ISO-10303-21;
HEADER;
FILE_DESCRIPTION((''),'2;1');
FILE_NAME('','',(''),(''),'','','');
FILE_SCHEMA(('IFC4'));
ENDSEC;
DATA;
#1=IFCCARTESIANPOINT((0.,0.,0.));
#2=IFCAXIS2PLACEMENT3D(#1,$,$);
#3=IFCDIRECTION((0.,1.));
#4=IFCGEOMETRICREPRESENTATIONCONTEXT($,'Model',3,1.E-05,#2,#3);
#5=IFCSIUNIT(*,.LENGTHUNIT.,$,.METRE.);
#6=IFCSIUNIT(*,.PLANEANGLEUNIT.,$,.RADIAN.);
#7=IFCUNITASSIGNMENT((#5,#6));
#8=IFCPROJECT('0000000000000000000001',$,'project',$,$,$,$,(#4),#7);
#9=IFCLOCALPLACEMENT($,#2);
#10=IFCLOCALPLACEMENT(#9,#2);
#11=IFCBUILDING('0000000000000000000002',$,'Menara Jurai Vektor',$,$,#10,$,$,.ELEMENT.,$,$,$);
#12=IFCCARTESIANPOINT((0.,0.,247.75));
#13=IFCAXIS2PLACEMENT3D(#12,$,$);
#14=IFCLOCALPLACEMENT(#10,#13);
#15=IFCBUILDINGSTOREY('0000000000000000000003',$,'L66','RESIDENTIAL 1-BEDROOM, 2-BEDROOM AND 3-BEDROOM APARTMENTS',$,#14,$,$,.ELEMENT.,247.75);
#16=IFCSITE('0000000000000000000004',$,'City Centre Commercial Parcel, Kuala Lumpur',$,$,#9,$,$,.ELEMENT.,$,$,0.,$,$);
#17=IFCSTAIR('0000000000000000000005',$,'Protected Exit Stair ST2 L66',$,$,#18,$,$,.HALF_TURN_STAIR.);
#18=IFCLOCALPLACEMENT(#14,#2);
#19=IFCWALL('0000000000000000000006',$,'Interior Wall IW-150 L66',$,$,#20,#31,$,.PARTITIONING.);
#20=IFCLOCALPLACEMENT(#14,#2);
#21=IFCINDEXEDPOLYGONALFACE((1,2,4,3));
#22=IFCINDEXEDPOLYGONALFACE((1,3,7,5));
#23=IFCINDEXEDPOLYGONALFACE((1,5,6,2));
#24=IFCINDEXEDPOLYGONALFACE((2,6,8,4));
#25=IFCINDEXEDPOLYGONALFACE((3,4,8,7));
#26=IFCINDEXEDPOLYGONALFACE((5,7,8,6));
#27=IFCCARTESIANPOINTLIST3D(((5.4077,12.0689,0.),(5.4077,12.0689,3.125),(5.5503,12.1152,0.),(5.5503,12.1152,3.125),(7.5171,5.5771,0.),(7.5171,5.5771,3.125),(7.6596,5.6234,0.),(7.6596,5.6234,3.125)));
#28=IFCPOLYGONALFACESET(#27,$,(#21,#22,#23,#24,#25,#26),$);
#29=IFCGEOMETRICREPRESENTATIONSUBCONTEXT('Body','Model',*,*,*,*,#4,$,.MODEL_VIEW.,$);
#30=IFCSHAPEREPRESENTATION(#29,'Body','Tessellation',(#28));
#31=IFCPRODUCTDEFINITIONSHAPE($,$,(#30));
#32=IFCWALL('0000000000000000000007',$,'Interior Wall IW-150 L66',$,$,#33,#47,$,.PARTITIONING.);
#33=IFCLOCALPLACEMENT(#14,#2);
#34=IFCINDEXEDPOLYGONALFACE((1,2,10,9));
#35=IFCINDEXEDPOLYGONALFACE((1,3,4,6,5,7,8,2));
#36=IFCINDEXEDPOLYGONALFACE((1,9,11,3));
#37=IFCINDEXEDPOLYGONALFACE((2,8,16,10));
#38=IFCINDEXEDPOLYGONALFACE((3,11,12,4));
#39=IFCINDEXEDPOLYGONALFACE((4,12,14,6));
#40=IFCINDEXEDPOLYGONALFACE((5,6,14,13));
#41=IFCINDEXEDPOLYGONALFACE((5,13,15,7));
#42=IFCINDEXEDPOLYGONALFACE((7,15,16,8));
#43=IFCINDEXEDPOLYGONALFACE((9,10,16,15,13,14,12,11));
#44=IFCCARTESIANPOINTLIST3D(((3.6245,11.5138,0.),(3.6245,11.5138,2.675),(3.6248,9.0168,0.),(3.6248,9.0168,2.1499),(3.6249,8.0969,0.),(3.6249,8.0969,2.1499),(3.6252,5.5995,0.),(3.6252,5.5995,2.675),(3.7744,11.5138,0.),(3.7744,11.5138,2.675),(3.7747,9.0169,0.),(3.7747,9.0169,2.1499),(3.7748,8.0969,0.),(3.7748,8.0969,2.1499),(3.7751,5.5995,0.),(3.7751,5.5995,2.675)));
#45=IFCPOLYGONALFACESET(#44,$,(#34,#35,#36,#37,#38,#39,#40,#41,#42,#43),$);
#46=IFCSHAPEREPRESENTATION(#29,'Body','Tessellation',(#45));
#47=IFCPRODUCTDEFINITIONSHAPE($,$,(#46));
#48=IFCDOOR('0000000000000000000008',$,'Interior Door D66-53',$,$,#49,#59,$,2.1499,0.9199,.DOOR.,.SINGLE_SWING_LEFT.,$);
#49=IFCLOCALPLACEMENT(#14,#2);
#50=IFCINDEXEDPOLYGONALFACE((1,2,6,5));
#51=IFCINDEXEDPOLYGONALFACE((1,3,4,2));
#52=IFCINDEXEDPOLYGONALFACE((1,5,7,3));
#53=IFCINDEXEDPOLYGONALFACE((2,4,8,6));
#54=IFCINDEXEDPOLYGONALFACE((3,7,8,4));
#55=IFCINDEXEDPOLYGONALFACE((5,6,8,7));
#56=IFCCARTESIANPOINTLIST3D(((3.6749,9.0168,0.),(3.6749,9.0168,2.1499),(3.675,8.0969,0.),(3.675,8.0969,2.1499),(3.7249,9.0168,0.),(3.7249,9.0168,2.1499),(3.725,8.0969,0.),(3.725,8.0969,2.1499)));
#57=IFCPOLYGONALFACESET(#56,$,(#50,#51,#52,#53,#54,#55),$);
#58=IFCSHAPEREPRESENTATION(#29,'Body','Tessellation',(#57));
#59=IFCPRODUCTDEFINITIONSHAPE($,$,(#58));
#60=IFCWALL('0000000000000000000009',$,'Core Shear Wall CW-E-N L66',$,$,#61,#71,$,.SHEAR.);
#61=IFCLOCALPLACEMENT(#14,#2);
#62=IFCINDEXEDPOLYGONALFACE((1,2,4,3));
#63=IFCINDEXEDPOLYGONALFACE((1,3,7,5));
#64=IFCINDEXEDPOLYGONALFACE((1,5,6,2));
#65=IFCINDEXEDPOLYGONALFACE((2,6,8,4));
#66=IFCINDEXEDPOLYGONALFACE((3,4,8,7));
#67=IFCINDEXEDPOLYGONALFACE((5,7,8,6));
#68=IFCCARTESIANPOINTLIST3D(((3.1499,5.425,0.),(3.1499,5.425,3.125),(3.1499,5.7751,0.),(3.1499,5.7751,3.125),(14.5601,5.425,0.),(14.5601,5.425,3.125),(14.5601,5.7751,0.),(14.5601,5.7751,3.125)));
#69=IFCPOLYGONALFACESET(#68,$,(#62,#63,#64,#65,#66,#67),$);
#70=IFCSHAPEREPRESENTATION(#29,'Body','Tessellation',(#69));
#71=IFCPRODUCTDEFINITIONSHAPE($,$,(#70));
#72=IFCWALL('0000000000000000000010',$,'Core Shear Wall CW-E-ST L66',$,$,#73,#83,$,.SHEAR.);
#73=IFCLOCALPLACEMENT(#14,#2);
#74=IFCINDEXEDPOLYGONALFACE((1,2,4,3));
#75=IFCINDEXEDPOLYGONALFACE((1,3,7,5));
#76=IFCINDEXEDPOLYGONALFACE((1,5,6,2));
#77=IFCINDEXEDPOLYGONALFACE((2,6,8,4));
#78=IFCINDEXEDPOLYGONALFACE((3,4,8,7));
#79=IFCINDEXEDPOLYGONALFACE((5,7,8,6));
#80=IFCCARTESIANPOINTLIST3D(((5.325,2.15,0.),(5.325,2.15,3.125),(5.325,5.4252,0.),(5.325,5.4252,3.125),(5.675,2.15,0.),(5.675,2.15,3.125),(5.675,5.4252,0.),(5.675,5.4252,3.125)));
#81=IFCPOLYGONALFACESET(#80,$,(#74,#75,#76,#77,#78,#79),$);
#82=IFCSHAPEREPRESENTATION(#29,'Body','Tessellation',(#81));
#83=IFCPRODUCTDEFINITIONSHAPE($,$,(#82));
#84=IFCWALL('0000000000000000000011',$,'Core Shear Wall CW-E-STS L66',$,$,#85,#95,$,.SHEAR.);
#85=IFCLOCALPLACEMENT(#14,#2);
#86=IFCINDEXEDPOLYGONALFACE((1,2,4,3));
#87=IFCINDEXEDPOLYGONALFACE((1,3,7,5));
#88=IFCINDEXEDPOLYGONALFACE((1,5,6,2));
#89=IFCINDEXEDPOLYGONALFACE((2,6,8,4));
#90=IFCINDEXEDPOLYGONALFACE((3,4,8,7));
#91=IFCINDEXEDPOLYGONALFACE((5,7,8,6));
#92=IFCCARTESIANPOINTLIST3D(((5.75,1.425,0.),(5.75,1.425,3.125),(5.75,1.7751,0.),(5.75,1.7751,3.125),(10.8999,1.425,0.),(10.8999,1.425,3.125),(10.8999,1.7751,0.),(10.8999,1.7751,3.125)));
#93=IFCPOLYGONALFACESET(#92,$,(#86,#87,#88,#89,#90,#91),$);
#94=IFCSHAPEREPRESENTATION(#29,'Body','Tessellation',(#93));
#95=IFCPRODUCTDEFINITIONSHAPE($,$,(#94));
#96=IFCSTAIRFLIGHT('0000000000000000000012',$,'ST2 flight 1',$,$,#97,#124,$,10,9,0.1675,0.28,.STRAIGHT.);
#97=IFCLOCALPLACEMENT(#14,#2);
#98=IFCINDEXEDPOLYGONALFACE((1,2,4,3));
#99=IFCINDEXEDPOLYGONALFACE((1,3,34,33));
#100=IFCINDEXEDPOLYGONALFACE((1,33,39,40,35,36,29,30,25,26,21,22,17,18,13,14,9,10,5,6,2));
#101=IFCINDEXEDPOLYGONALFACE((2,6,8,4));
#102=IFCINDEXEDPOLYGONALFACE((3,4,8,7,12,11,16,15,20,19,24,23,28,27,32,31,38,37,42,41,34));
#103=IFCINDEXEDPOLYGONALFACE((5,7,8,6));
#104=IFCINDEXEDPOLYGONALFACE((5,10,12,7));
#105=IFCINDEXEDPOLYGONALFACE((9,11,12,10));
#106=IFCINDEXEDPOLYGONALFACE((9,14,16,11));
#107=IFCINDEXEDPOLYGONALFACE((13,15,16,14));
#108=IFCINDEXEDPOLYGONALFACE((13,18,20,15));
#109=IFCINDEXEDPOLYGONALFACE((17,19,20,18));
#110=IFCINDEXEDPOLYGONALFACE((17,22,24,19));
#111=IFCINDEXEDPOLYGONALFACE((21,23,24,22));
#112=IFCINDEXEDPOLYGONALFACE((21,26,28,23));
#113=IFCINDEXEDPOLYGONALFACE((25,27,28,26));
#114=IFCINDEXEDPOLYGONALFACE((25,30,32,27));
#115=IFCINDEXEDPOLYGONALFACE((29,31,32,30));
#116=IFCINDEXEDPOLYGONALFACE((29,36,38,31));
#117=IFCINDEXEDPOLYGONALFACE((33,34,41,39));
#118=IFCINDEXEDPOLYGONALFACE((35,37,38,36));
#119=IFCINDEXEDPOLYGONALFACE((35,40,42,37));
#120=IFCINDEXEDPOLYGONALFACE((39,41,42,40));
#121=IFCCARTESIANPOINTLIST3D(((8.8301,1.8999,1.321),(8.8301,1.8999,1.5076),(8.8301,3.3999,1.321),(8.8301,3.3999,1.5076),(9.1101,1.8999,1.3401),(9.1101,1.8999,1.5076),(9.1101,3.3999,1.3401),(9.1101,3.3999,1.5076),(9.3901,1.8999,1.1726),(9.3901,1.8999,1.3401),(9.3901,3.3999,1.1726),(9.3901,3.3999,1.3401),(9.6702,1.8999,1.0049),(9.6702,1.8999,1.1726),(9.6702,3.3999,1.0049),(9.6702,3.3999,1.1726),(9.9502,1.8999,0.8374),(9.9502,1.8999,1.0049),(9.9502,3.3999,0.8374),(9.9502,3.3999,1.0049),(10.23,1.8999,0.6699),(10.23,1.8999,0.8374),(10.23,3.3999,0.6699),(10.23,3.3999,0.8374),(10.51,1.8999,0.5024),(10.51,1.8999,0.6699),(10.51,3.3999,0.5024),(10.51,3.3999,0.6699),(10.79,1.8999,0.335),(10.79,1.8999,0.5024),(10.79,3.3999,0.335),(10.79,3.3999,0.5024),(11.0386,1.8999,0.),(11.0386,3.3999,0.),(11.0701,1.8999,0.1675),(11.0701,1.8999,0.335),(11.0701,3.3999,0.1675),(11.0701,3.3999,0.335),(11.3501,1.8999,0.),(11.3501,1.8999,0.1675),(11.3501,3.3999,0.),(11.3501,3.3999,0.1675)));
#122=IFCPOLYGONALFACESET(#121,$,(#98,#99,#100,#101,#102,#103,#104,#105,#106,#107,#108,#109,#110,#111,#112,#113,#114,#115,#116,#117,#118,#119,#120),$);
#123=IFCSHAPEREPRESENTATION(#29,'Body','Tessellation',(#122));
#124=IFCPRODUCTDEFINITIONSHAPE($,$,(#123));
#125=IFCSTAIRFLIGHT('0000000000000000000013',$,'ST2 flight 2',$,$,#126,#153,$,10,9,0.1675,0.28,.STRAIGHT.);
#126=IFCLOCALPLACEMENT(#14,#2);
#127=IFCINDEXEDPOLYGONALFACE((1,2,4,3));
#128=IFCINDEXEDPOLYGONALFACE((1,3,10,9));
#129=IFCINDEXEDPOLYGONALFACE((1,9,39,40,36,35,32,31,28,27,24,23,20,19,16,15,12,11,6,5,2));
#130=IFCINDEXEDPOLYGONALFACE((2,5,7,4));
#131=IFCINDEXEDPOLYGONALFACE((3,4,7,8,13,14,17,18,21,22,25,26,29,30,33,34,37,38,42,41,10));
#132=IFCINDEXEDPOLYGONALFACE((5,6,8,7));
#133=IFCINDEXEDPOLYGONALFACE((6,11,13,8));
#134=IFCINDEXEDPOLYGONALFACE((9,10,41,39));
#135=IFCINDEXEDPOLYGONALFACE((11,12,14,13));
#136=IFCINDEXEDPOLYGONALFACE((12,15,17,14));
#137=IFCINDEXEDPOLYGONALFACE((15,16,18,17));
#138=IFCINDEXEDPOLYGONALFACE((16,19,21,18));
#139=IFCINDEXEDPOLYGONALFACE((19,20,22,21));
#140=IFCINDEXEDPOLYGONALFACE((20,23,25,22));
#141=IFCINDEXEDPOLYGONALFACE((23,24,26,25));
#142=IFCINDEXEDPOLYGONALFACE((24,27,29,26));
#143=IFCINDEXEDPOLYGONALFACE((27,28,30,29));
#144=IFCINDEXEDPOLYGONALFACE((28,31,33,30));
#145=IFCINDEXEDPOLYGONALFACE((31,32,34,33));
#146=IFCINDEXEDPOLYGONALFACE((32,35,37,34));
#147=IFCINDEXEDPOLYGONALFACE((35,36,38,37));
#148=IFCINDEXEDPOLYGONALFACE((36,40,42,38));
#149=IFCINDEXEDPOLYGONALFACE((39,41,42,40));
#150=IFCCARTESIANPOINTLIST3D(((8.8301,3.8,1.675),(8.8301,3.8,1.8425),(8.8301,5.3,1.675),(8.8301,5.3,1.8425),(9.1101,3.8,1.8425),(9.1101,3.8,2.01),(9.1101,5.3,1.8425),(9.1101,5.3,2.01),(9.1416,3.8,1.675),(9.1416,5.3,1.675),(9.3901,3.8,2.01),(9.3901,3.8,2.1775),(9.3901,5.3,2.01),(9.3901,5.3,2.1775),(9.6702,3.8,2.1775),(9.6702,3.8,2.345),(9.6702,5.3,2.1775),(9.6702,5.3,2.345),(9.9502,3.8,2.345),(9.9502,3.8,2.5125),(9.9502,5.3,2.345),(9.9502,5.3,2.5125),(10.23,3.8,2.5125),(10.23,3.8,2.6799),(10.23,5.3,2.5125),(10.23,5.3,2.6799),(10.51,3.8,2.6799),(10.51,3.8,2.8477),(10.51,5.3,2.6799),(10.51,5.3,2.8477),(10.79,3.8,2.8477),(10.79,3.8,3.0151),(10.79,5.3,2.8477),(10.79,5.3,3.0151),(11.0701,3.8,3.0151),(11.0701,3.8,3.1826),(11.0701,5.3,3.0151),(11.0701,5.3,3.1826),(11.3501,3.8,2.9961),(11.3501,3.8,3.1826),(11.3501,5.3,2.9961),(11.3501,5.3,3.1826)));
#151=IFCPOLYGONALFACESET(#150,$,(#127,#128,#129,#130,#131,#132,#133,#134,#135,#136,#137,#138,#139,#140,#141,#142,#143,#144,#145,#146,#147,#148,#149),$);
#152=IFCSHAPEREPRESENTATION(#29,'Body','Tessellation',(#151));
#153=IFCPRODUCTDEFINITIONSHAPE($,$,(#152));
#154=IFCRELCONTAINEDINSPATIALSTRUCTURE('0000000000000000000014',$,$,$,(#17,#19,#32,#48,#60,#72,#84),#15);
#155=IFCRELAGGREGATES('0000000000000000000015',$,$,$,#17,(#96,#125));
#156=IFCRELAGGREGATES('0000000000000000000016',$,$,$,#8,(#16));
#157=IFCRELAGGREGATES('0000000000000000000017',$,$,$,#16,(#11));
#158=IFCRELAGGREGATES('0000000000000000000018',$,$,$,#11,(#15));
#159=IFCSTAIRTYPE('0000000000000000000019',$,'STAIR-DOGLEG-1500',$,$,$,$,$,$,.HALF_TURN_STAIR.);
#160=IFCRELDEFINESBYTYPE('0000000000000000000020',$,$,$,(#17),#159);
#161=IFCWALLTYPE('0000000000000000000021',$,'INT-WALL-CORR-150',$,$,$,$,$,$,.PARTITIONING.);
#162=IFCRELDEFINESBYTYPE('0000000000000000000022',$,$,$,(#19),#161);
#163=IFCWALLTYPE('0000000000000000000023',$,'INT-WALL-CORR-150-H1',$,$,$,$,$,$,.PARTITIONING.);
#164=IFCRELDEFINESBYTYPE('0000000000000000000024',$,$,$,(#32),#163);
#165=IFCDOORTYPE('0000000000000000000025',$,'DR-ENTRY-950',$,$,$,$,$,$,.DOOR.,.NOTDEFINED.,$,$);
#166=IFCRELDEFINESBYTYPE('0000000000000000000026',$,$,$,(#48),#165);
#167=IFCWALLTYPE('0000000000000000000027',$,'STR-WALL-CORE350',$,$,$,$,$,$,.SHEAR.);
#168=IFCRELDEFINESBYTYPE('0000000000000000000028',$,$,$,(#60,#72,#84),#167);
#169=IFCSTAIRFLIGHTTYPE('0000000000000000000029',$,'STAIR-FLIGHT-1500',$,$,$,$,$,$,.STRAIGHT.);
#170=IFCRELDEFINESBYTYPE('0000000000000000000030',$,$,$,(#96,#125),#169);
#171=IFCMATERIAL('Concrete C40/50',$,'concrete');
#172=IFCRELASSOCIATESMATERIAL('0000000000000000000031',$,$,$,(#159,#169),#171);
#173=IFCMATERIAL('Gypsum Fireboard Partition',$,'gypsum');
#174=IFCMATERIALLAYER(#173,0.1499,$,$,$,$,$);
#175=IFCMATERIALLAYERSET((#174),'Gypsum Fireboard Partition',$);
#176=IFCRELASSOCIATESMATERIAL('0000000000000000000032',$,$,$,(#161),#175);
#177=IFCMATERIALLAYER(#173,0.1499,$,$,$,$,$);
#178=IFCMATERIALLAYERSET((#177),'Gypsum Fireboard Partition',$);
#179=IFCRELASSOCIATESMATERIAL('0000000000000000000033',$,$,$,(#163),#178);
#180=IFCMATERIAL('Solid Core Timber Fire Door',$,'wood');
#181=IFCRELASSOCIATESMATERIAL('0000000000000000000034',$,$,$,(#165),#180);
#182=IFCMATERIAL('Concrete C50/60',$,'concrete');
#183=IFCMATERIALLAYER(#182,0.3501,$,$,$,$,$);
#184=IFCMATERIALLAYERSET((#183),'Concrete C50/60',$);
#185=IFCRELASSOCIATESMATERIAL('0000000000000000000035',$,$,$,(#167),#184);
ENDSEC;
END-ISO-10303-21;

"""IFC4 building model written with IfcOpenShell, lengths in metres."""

from ifc_helpers import new_model, si_unit, direction, frame, frame_2d, origin, place, context, subcontext, project, spatial, polyline, rectangle, outline, extrude, material, layer, layer_set, type_object, element, fill, aggregate, save


model = new_model("IFC4")

# Units and contexts
model_context = context("Model", 3, precision=1e-05, world=origin(), true_north=direction((0.0, 1.0)))
body_context = subcontext(model_context, "Body", "Model", "MODEL_VIEW")
ifc_project = project(units=[si_unit("LENGTHUNIT", "METRE"), si_unit("PLANEANGLEUNIT", "RADIAN")], contexts=[model_context])

# Site, building, storey
site_placement = place(None, origin())
site = spatial("IfcSite", under=ifc_project, at=site_placement, Name="City Centre Commercial Parcel, Kuala Lumpur", CompositionType="ELEMENT", RefElevation=0.0)
building_placement = place(site_placement, origin())
building = spatial("IfcBuilding", under=site, at=building_placement, Name="Menara Jurai Vektor", CompositionType="ELEMENT")
storey_placement = place(building_placement, frame((0.0, 0.0, 247.75)))
storey = spatial("IfcBuildingStorey", under=building, at=storey_placement, Name="L66", Description="RESIDENTIAL 1-BEDROOM, 2-BEDROOM AND 3-BEDROOM APARTMENTS", CompositionType="ELEMENT", Elevation=247.75)

# Shared definitions
ifc_material_1 = material(Name="Concrete C50/60", Category="concrete")

# Stair
ifc_material_2 = material(Name="Concrete C40/50", Category="concrete")
stair_type = type_object("IfcStairType", Name="STAIR-DOGLEG-1500", PredefinedType="HALF_TURN_STAIR", material=ifc_material_2)
stair_1_placement = place(storey_placement, origin())
stair_1 = element("IfcStair", 1, at=stair_1_placement, inside=storey, type_object=stair_type, Name="Protected Exit Stair ST2 L66", PredefinedType="HALF_TURN_STAIR")

# Wall
ifc_material_3 = material(Name="Gypsum Fireboard Partition", Category="gypsum")
ifc_layer_1 = layer(ifc_material_3, 0.1499)
ifc_layer_set_1 = layer_set([ifc_layer_1], Name="Gypsum Fireboard Partition")
wall_type_1 = type_object("IfcWallType", Name="INT-WALL-CORR-150", PredefinedType="PARTITIONING", material=ifc_layer_set_1)
wall_1_placement = place(storey_placement, frame((7.5884, 5.6001, 0.0), z_axis=(0.0, 0.0, 1.0), x_axis=(-0.309019, 0.951056, 0.0)))
element("IfcWall", 2, at=wall_1_placement, inside=storey, type_object=wall_type_1, Name="Interior Wall IW-150 L66", PredefinedType="PARTITIONING", context=body_context, shape_type="SweptSolid", body=[
    extrude(rectangle(XDim=6.8259, YDim=0.1499, at=frame_2d((3.4131, 0.0))), origin(), (0.0, 0.0, 1.0), 3.125),
])

# Wall, opening, door
ifc_layer_2 = layer(ifc_material_3, 0.1499)
ifc_layer_set_2 = layer_set([ifc_layer_2], Name="Gypsum Fireboard Partition")
wall_type_2 = type_object("IfcWallType", Name="INT-WALL-CORR-150-H1", PredefinedType="PARTITIONING", material=ifc_layer_set_2)
wall_2_placement = place(storey_placement, frame((3.7002, 5.5996, 0.0), z_axis=(0.0, 0.0, 1.0), x_axis=(-0.000124, 1.0, 0.0)))
wall_2 = element("IfcWall", 3, at=wall_2_placement, inside=storey, type_object=wall_type_2, Name="Interior Wall IW-150 L66", PredefinedType="PARTITIONING", context=body_context, shape_type="SweptSolid", body=[
    extrude(rectangle(XDim=5.9143, YDim=0.1499, at=frame_2d((2.957, 0.0))), origin(), (0.0, 0.0, 1.0), 2.675),
])
opening_1_placement = place(wall_2_placement, frame((2.4973, 0.0, 0.0)))
opening_1 = element("IfcOpeningElement", 4, at=opening_1_placement, cuts=wall_2, PredefinedType="OPENING", context=body_context, shape_type="SweptSolid", body=[
    extrude(rectangle(XDim=0.9199, YDim=2.1499, at=frame_2d((0.46, 1.075))), frame((0.0, 0.085, 0.0), z_axis=(0.0, -1.0, 0.0), x_axis=(1.0, 0.0, 0.0)), (0.0, 0.0, 1.0), 0.1699),
])
ifc_material_4 = material(Name="Solid Core Timber Fire Door", Category="wood")
door_type_1 = type_object("IfcDoorType", Name="DR-ENTRY-950", OperationType="NOTDEFINED", PredefinedType="DOOR", material=ifc_material_4)
door_1_placement = place(opening_1_placement, origin())
door_1 = element("IfcDoor", 5, at=door_1_placement, inside=storey, type_object=door_type_1, Name="Interior Door D66-53", OperationType="SINGLE_SWING_LEFT", OverallHeight=2.1499, OverallWidth=0.9199, PredefinedType="DOOR", context=body_context, shape_type="SweptSolid", body=[
    extrude(rectangle(XDim=0.9199, YDim=2.1499, at=frame_2d((0.46, 1.075))), frame((0.0, 0.0249, 0.0), z_axis=(0.0, -1.0, 0.0), x_axis=(1.0, 0.0, 0.0)), (0.0, 0.0, 1.0), 0.05),
])
fill(opening_1, door_1)

# Walls
ifc_layer_3 = layer(ifc_material_1, 0.3501)
ifc_layer_set_3 = layer_set([ifc_layer_3], Name="Concrete C50/60")
wall_type_3 = type_object("IfcWallType", Name="STR-WALL-CORE350", PredefinedType="SHEAR", material=ifc_layer_set_3)
wall_3_placement = place(storey_placement, frame((3.1499, 5.6001, 0.0), z_axis=(0.0, 0.0, 1.0), x_axis=(1.0, 0.0, 0.0)))
element("IfcWall", 6, at=wall_3_placement, inside=storey, type_object=wall_type_3, Name="Core Shear Wall CW-E-N L66", PredefinedType="SHEAR", context=body_context, shape_type="SweptSolid", body=[
    extrude(rectangle(XDim=11.4102, YDim=0.3501, at=frame_2d((5.7051, 0.0))), origin(), (0.0, 0.0, 1.0), 3.125),
])
wall_4_placement = place(storey_placement, frame((5.5, 2.1499, 0.0), z_axis=(0.0, 0.0, 1.0), x_axis=(0.0, 1.0, 0.0)))
element("IfcWall", 7, at=wall_4_placement, inside=storey, type_object=wall_type_3, Name="Core Shear Wall CW-E-ST L66", PredefinedType="SHEAR", context=body_context, shape_type="SweptSolid", body=[
    extrude(rectangle(XDim=3.2751, YDim=0.3501, at=frame_2d((1.6377, 0.0))), origin(), (0.0, 0.0, 1.0), 3.125),
])
wall_5_placement = place(storey_placement, frame((5.75, 1.6001, 0.0), z_axis=(0.0, 0.0, 1.0), x_axis=(1.0, 0.0, 0.0)))
element("IfcWall", 8, at=wall_5_placement, inside=storey, type_object=wall_type_3, Name="Core Shear Wall CW-E-STS L66", PredefinedType="SHEAR", context=body_context, shape_type="SweptSolid", body=[
    extrude(rectangle(XDim=5.1499, YDim=0.3501, at=frame_2d((2.575, 0.0))), origin(), (0.0, 0.0, 1.0), 3.125),
])

# Stair flights
stair_flight_type = type_object("IfcStairFlightType", Name="STAIR-FLIGHT-1500", PredefinedType="STRAIGHT", material=ifc_material_2)
stair_flight_1_placement = place(storey_placement, frame((11.3501, 2.6499, 0.0), z_axis=(0.0, 0.0, 1.0), x_axis=(-1.0, 0.0, 0.0)))
stair_flight_1 = element("IfcStairFlight", 9, at=stair_flight_1_placement, type_object=stair_flight_type, Name="ST2 flight 1", NumberOfRisers=10, NumberOfTreads=9, PredefinedType="STRAIGHT", RiserHeight=0.1675, TreadLength=0.28, context=body_context, shape_type="SweptSolid", body=[
    extrude(outline(polyline([(0.0, 0.0), (0.0, 0.1675), (0.28, 0.1675), (0.28, 0.335), (0.5601, 0.335), (0.5601, 0.5024), (0.8401, 0.5024), (0.8401, 0.6699), (1.1201, 0.6699), (1.1201, 0.8374), (1.3999, 0.8374), (1.3999, 1.0049), (1.6799, 1.0049), (1.6799, 1.1726), (1.96, 1.1726), (1.96, 1.3401), (2.24, 1.3401), (2.24, 1.5076), (2.52, 1.5076), (2.52, 1.675), (2.52, 1.321), (0.3115, 0.0), (0.0, 0.0)])), frame((0.0, 0.75, 0.0), z_axis=(0.0, -1.0, 0.0), x_axis=(1.0, 0.0, 0.0)), (0.0, 0.0, 1.0), 1.5),
])
stair_flight_2_placement = place(storey_placement, frame((8.8301, 4.55, 1.675), z_axis=(0.0, 0.0, 1.0), x_axis=(1.0, 0.0, 0.0)))
stair_flight_2 = element("IfcStairFlight", 10, at=stair_flight_2_placement, type_object=stair_flight_type, Name="ST2 flight 2", NumberOfRisers=10, NumberOfTreads=9, PredefinedType="STRAIGHT", RiserHeight=0.1675, TreadLength=0.28, context=body_context, shape_type="SweptSolid", body=[
    extrude(outline(polyline([(0.0, 0.0), (0.0, 0.1675), (0.28, 0.1675), (0.28, 0.335), (0.5601, 0.335), (0.5601, 0.5024), (0.8401, 0.5024), (0.8401, 0.6699), (1.1201, 0.6699), (1.1201, 0.8374), (1.3999, 0.8374), (1.3999, 1.0049), (1.6799, 1.0049), (1.6799, 1.1726), (1.96, 1.1726), (1.96, 1.3401), (2.24, 1.3401), (2.24, 1.5076), (2.52, 1.5076), (2.52, 1.675), (2.52, 1.321), (0.3115, 0.0), (0.0, 0.0)])), frame((0.0, 0.75, 0.0), z_axis=(0.0, -1.0, 0.0), x_axis=(1.0, 0.0, 0.0)), (0.0, 0.0, 1.0), 1.5),
])
aggregate(stair_1, [stair_flight_1, stair_flight_2])

save(model, "model.ifc")
